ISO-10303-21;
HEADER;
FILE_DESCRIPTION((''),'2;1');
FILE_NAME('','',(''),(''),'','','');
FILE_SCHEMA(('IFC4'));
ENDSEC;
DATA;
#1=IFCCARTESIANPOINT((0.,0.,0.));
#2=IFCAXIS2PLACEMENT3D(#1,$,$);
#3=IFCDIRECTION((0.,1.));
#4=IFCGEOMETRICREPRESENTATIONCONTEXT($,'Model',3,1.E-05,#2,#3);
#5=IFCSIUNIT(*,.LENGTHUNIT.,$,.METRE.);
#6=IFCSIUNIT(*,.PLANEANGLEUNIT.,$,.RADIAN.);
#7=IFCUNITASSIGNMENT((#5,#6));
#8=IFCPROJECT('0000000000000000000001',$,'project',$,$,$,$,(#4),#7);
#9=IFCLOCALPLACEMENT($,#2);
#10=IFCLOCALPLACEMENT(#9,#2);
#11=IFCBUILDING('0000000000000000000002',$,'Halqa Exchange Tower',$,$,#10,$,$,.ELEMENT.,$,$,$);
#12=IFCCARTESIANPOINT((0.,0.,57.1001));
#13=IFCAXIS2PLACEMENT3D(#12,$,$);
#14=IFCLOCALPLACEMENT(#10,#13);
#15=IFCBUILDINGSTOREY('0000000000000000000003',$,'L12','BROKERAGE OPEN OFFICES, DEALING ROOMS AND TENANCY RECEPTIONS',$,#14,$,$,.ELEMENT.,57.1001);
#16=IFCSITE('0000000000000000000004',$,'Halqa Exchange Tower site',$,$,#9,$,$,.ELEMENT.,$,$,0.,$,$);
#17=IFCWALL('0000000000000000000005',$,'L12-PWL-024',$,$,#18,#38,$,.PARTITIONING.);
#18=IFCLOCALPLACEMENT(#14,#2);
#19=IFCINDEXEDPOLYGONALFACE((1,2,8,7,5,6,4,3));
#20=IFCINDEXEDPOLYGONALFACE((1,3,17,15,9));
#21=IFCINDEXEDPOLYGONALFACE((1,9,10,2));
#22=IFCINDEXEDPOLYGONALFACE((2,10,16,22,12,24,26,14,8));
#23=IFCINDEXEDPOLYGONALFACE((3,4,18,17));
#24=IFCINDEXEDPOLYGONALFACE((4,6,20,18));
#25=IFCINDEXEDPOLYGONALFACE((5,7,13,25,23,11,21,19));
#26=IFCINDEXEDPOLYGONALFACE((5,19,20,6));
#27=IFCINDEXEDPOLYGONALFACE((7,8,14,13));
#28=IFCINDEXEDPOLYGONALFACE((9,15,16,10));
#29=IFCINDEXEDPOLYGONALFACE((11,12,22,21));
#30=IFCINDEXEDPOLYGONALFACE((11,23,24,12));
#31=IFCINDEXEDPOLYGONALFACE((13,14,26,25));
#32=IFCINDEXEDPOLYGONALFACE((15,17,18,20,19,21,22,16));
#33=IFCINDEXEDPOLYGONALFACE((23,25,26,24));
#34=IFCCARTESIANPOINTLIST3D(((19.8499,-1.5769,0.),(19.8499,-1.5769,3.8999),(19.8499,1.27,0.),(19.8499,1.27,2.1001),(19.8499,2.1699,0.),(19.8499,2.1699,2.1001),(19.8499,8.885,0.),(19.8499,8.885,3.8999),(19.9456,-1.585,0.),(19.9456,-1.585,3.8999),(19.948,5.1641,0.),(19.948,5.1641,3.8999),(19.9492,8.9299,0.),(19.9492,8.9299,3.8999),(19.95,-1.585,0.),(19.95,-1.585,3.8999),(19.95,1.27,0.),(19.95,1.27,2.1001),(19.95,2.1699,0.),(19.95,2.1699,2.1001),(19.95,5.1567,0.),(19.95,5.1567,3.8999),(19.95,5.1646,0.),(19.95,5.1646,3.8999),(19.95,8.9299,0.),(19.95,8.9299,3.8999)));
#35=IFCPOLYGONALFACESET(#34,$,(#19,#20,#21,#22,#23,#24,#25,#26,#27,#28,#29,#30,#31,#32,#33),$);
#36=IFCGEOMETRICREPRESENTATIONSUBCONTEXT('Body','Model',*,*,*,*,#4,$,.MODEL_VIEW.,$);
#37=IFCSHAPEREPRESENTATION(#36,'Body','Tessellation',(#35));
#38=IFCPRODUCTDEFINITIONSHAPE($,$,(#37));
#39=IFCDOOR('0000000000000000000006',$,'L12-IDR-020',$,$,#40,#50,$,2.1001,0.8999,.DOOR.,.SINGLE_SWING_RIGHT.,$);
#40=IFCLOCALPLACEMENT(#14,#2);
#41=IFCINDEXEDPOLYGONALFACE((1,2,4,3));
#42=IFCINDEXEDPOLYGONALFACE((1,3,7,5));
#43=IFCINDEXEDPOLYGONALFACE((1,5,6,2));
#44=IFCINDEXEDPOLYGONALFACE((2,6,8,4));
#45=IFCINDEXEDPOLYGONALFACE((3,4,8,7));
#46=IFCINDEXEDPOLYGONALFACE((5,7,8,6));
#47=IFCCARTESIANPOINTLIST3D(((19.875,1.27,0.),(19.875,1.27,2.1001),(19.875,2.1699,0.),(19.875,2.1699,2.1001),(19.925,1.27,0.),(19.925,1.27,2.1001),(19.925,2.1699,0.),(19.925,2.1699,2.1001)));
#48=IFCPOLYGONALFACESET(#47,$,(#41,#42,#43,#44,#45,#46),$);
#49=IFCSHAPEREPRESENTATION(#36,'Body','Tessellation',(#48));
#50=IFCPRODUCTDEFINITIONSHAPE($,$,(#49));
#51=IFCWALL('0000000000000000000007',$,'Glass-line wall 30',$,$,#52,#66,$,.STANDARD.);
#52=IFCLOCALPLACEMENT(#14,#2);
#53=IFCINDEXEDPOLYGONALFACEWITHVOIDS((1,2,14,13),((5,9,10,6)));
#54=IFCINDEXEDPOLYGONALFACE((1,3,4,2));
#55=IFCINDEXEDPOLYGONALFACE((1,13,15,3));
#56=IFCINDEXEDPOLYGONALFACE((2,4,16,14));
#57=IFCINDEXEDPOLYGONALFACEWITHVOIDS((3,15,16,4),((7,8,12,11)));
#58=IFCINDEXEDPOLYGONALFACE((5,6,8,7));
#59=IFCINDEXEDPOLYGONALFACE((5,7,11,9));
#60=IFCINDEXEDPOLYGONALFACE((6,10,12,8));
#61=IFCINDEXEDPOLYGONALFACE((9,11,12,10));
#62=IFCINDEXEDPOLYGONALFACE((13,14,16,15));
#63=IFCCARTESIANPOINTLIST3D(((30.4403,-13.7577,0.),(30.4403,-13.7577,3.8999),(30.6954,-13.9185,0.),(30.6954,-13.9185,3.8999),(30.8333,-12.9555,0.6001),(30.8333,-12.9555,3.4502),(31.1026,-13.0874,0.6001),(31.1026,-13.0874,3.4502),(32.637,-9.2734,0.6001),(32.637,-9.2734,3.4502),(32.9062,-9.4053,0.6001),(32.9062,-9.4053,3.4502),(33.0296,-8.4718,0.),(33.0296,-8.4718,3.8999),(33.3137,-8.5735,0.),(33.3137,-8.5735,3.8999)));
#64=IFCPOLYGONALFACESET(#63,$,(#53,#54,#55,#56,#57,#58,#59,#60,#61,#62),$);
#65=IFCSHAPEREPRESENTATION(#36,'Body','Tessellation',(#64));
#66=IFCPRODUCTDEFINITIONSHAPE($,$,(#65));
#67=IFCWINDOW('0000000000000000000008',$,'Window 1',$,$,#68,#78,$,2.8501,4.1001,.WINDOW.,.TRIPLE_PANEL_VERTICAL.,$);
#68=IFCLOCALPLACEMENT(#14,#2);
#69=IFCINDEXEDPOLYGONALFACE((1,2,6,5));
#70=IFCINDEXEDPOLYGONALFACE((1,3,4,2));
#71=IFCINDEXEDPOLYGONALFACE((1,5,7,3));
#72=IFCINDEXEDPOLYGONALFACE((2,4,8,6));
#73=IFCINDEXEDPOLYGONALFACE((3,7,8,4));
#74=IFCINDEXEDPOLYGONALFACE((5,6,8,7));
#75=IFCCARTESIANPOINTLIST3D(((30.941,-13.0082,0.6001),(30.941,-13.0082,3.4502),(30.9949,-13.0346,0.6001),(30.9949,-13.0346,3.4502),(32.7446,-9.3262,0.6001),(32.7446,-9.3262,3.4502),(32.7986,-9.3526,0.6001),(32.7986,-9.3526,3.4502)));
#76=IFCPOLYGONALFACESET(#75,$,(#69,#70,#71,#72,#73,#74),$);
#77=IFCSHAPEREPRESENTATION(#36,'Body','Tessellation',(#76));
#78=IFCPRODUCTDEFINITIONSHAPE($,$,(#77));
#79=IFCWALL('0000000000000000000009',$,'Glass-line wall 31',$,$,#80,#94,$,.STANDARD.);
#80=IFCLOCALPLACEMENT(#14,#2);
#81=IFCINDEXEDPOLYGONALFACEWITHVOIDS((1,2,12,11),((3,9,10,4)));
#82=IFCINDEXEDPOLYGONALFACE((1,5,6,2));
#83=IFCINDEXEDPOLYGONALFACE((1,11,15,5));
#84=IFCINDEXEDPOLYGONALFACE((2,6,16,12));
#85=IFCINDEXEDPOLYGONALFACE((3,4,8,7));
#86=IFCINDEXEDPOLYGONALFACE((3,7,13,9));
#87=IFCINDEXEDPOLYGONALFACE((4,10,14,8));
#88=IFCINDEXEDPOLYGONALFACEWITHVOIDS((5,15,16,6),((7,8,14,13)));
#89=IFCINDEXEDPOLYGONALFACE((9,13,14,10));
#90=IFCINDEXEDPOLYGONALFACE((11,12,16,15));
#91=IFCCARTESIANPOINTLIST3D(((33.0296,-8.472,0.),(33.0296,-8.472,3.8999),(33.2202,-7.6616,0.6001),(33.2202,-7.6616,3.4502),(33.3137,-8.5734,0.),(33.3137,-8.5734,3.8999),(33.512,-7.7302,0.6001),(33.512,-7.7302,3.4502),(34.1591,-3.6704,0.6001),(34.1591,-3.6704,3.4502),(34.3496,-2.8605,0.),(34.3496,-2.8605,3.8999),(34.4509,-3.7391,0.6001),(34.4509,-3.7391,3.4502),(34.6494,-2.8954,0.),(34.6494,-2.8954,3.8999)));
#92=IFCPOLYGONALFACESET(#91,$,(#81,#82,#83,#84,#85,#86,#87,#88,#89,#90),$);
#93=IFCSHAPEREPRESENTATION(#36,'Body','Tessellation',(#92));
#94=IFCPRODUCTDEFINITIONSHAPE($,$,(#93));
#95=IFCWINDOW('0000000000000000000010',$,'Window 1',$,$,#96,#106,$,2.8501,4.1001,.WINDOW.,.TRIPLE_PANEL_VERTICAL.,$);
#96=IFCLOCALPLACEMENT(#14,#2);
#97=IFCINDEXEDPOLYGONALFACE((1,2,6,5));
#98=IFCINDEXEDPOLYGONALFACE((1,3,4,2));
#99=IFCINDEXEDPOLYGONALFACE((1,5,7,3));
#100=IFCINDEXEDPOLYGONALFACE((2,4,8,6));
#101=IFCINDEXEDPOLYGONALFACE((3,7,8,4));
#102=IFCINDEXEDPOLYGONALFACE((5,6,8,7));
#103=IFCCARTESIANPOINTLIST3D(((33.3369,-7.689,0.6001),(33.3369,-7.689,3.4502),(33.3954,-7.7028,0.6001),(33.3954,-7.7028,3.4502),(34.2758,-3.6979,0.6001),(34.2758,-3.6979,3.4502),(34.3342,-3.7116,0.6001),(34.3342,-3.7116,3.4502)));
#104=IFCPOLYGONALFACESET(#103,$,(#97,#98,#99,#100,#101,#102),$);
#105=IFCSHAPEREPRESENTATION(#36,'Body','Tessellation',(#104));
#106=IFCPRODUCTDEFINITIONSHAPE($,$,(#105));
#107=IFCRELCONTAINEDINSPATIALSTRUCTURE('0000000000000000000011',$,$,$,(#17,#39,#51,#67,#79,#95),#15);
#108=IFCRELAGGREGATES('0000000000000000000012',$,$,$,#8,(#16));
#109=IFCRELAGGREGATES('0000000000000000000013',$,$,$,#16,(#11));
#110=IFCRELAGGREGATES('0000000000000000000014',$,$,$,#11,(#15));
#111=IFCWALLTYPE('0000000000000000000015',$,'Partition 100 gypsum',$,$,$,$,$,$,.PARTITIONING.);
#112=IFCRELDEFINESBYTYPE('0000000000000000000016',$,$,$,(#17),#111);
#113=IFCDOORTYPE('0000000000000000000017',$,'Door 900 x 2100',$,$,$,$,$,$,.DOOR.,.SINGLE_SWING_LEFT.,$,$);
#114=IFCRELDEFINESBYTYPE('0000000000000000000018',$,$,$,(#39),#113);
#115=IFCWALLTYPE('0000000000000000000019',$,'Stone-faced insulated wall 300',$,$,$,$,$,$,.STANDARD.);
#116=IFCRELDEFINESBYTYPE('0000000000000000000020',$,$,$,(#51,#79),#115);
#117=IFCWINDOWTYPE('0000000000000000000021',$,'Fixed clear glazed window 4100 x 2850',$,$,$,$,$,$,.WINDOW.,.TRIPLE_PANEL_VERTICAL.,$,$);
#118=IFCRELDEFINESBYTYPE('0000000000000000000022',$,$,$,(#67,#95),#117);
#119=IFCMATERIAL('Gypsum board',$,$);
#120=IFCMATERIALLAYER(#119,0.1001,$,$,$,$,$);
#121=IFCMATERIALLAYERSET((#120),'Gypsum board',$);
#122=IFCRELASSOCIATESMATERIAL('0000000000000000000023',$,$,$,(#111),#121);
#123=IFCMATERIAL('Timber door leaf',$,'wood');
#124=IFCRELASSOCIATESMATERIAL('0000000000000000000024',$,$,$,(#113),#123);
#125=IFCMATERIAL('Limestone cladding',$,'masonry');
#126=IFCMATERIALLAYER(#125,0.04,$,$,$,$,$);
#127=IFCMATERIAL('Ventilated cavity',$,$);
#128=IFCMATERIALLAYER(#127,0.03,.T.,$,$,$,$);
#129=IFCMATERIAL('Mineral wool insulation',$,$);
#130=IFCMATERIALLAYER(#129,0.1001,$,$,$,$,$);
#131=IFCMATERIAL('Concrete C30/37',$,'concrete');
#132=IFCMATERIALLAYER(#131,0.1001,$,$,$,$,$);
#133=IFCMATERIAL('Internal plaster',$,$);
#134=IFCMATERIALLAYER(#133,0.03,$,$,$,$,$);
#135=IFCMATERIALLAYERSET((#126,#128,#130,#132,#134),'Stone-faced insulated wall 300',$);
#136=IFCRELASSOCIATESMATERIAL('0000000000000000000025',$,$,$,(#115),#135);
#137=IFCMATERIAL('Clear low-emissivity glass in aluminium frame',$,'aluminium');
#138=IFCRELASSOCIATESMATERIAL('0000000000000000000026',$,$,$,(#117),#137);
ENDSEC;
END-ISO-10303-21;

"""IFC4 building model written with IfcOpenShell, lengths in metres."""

from ifc_helpers import new_model, si_unit, direction, frame, frame_2d, origin, place, context, subcontext, project, spatial, polyline, rectangle, outline, extrude, material, layer, layer_set, type_object, element, fill, save


model = new_model("IFC4")

# Units and contexts
model_context = context("Model", 3, precision=1e-05, world=origin(), true_north=direction((0.0, 1.0)))
body_context = subcontext(model_context, "Body", "Model", "MODEL_VIEW")
ifc_project = project(units=[si_unit("LENGTHUNIT", "METRE"), si_unit("PLANEANGLEUNIT", "RADIAN")], contexts=[model_context])

# Site, building, storey
site_placement = place(None, origin())
site = spatial("IfcSite", under=ifc_project, at=site_placement, Name="Halqa Exchange Tower site", CompositionType="ELEMENT", RefElevation=0.0)
building_placement = place(site_placement, origin())
building = spatial("IfcBuilding", under=site, at=building_placement, Name="Halqa Exchange Tower", CompositionType="ELEMENT")
storey_placement = place(building_placement, frame((0.0, 0.0, 57.1001)))
storey = spatial("IfcBuildingStorey", under=building, at=storey_placement, Name="L12", Description="BROKERAGE OPEN OFFICES, DEALING ROOMS AND TENANCY RECEPTIONS", CompositionType="ELEMENT", Elevation=57.1001)

# Wall, opening, door
ifc_material_1 = material(Name="Gypsum board")
ifc_layer_1 = layer(ifc_material_1, 0.1001)
ifc_layer_set_1 = layer_set([ifc_layer_1], Name="Gypsum board")
wall_type_1 = type_object("IfcWallType", Name="Partition 100 gypsum", PredefinedType="PARTITIONING", material=ifc_layer_set_1)
ifc_material_2 = material(Name="Timber door leaf", Category="wood")
door_type_1 = type_object("IfcDoorType", Name="Door 900 x 2100", OperationType="SINGLE_SWING_LEFT", PredefinedType="DOOR", material=ifc_material_2)
wall_1_placement = place(storey_placement, frame((19.8999, -1.585, 0.0), z_axis=(0.0, 0.0, 1.0), x_axis=(0.0, 1.0, 0.0)))
wall_1 = element("IfcWall", 1, at=wall_1_placement, inside=storey, type_object=wall_type_1, Name="L12-PWL-024", PredefinedType="PARTITIONING", context=body_context, shape_type="SweptSolid", body=[
    extrude(outline(polyline([(0.0, -0.05), (1.6855, -0.05), (3.3708, -0.05), (5.0564, -0.05), (6.7417, -0.05), (6.749, -0.0481), (6.7495, -0.05), (8.6321, -0.05), (10.5149, -0.05), (10.5149, -0.0493), (10.47, 0.05), (8.7263, 0.05), (6.9827, 0.05), (5.239, 0.05), (3.4954, 0.05), (1.7517, 0.05), (0.0081, 0.05), (0.0, -0.0457), (0.0, -0.05)])), origin(), (0.0, 0.0, 1.0), 3.8999),
])
opening_1_placement = place(wall_1_placement, frame((2.855, 0.0, 0.0)))
opening_1 = element("IfcOpeningElement", 2, at=opening_1_placement, cuts=wall_1, PredefinedType="OPENING", context=body_context, shape_type="SweptSolid", body=[
    extrude(rectangle(XDim=0.8999, YDim=2.1001, at=frame_2d((0.45, 1.05))), frame((0.0, 0.062, 0.0), z_axis=(0.0, -1.0, 0.0), x_axis=(1.0, 0.0, 0.0)), (0.0, 0.0, 1.0), 0.124),
])
door_1_placement = place(opening_1_placement, origin())
door_1 = element("IfcDoor", 3, at=door_1_placement, inside=storey, type_object=door_type_1, Name="L12-IDR-020", OperationType="SINGLE_SWING_RIGHT", OverallHeight=2.1001, OverallWidth=0.8999, PredefinedType="DOOR", context=body_context, shape_type="SweptSolid", body=[
    extrude(rectangle(XDim=0.8999, YDim=2.1001, at=frame_2d((0.45, 1.05))), frame((0.0, 0.0249, 0.0), z_axis=(0.0, -1.0, 0.0), x_axis=(1.0, 0.0, 0.0)), (0.0, 0.0, 1.0), 0.05),
])
fill(opening_1, door_1)

# Walls, openings, windows
ifc_material_3 = material(Name="Limestone cladding", Category="masonry")
ifc_layer_2 = layer(ifc_material_3, 0.04)
ifc_material_4 = material(Name="Ventilated cavity")
ifc_layer_3 = layer(ifc_material_4, 0.03, ventilated=True)
ifc_material_5 = material(Name="Mineral wool insulation")
ifc_layer_4 = layer(ifc_material_5, 0.1001)
ifc_material_6 = material(Name="Concrete C30/37", Category="concrete")
ifc_layer_5 = layer(ifc_material_6, 0.1001)
ifc_material_7 = material(Name="Internal plaster")
ifc_layer_6 = layer(ifc_material_7, 0.03)
ifc_layer_set_2 = layer_set([ifc_layer_2, ifc_layer_3, ifc_layer_4, ifc_layer_5, ifc_layer_6], Name="Stone-faced insulated wall 300")
wall_type_2 = type_object("IfcWallType", Name="Stone-faced insulated wall 300", PredefinedType="STANDARD", material=ifc_layer_set_2)
wall_2_placement = place(storey_placement, frame((30.5679, -13.8381, 0.0), z_axis=(0.0, 0.0, 1.0), x_axis=(0.439906, 0.898044, 0.0)))
wall_2 = element("IfcWall", 4, at=wall_2_placement, inside=storey, type_object=wall_type_2, Name="Glass-line wall 30", PredefinedType="STANDARD", context=body_context, shape_type="SweptSolid", body=[
    extrude(outline(polyline([(-0.0161, -0.1499), (5.9358, -0.1499), (5.9021, 0.1499), (0.0161, 0.1499), (-0.0161, -0.1499)])), origin(), (0.0, 0.0, 1.0), 3.8999),
])
opening_2_placement = place(wall_2_placement, frame((0.9094, 0.0, 0.6001)))
opening_2 = element("IfcOpeningElement", 5, at=opening_2_placement, cuts=wall_2, PredefinedType="OPENING", context=body_context, shape_type="SweptSolid", body=[
    extrude(rectangle(XDim=4.1001, YDim=2.8501, at=frame_2d((2.05, 1.425))), frame((0.0, 0.1621, 0.0), z_axis=(0.0, -1.0, 0.0), x_axis=(1.0, 0.0, 0.0)), (0.0, 0.0, 1.0), 0.324),
])
ifc_material_8 = material(Name="Clear low-emissivity glass in aluminium frame", Category="aluminium")
window_type = type_object("IfcWindowType", Name="Fixed clear glazed window 4100 x 2850", PartitioningType="TRIPLE_PANEL_VERTICAL", PredefinedType="WINDOW", material=ifc_material_8)
window_1_placement = place(opening_2_placement, origin())
window_1 = element("IfcWindow", 6, at=window_1_placement, inside=storey, type_object=window_type, Name="Window 1", OverallHeight=2.8501, OverallWidth=4.1001, PartitioningType="TRIPLE_PANEL_VERTICAL", PredefinedType="WINDOW", context=body_context, shape_type="SweptSolid", body=[
    extrude(rectangle(XDim=4.1001, YDim=2.8501, at=frame_2d((2.05, 1.425))), frame((0.0, 0.03, 0.0), z_axis=(0.0, -1.0, 0.0), x_axis=(1.0, 0.0, 0.0)), (0.0, 0.0, 1.0), 0.0601),
])
fill(opening_2, window_1)
wall_3_placement = place(storey_placement, frame((33.1716, -8.5227, 0.0), z_axis=(0.0, 0.0, 1.0), x_axis=(0.22899, 0.973429, 0.0)))
wall_3 = element("IfcWall", 7, at=wall_3_placement, inside=storey, type_object=wall_type_2, Name="Glass-line wall 31", PredefinedType="STANDARD", context=body_context, shape_type="SweptSolid", body=[
    extrude(outline(polyline([(-0.0168, -0.1499), (5.8162, -0.1499), (5.7815, 0.1499), (0.0168, 0.1499), (-0.0168, -0.1499)])), origin(), (0.0, 0.0, 1.0), 3.8999),
])
opening_3_placement = place(wall_3_placement, frame((0.8494, 0.0, 0.6001)))
opening_3 = element("IfcOpeningElement", 8, at=opening_3_placement, cuts=wall_3, PredefinedType="OPENING", context=body_context, shape_type="SweptSolid", body=[
    extrude(rectangle(XDim=4.1001, YDim=2.8501, at=frame_2d((2.05, 1.425))), frame((0.0, 0.1621, 0.0), z_axis=(0.0, -1.0, 0.0), x_axis=(1.0, 0.0, 0.0)), (0.0, 0.0, 1.0), 0.324),
])
window_2_placement = place(opening_3_placement, origin())
window_2 = element("IfcWindow", 9, at=window_2_placement, inside=storey, type_object=window_type, Name="Window 1", OverallHeight=2.8501, OverallWidth=4.1001, PartitioningType="TRIPLE_PANEL_VERTICAL", PredefinedType="WINDOW", context=body_context, shape_type="SweptSolid", body=[
    extrude(rectangle(XDim=4.1001, YDim=2.8501, at=frame_2d((2.05, 1.425))), frame((0.0, 0.03, 0.0), z_axis=(0.0, -1.0, 0.0), x_axis=(1.0, 0.0, 0.0)), (0.0, 0.0, 1.0), 0.0601),
])
fill(opening_3, window_2)

save(model, "model.ifc")
